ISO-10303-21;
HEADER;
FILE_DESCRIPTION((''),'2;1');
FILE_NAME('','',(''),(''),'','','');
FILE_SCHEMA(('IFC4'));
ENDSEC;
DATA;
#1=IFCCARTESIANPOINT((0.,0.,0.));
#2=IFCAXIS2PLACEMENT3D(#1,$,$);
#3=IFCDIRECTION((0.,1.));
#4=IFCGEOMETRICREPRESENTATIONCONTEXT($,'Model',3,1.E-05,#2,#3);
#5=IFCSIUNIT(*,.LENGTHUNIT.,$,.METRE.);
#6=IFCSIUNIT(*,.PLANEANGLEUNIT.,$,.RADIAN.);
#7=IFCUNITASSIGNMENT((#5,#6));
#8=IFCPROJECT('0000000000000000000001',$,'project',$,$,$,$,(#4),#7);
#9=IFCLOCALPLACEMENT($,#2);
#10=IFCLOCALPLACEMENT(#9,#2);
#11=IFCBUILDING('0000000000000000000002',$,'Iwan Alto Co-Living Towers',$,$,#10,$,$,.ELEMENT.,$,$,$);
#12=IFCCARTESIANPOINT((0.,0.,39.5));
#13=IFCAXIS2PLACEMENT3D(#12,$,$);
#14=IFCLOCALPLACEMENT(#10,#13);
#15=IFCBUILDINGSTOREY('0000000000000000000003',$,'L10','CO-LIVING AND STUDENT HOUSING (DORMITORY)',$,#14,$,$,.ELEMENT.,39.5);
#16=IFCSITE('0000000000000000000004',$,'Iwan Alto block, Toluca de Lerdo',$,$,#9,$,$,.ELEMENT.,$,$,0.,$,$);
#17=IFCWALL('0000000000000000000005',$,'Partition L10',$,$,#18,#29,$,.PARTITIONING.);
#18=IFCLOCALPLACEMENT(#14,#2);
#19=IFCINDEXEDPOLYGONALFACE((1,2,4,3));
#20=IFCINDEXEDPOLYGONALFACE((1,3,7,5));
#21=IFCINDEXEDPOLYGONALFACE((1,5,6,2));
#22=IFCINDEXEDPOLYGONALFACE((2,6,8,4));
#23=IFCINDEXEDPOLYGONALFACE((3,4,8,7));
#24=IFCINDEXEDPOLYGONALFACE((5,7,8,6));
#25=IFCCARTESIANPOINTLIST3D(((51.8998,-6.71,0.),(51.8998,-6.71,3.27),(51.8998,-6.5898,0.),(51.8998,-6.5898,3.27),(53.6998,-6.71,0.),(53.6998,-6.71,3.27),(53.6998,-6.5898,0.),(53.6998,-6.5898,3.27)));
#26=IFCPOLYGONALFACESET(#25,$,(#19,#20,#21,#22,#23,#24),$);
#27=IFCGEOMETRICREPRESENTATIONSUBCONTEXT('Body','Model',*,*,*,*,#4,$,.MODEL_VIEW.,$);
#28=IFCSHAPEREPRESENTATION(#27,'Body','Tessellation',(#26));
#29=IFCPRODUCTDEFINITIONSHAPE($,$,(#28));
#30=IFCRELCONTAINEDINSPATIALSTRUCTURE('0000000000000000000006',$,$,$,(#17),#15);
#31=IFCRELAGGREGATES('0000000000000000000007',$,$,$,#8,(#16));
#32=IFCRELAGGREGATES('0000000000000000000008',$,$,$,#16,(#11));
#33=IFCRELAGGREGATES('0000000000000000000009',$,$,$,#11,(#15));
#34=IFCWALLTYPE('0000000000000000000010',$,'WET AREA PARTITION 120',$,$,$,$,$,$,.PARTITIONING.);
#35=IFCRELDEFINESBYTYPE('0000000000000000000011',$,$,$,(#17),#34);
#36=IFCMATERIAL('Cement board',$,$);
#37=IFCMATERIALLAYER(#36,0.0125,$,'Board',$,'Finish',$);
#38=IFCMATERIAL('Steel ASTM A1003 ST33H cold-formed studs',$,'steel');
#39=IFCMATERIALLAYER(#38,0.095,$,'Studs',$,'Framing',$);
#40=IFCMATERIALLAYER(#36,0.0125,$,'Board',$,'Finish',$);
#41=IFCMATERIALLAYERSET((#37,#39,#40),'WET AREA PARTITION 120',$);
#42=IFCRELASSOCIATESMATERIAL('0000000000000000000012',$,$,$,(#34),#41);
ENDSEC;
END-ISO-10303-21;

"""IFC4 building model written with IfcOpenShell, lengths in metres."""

from ifc_helpers import new_model, si_unit, direction, frame, frame_2d, origin, place, context, subcontext, project, spatial, rectangle, extrude, material, layer, layer_set, type_object, element, save


model = new_model("IFC4")

# Units and contexts
model_context = context("Model", 3, precision=1e-05, world=origin(), true_north=direction((0.0, 1.0)))
body_context = subcontext(model_context, "Body", "Model", "MODEL_VIEW")
ifc_project = project(units=[si_unit("LENGTHUNIT", "METRE"), si_unit("PLANEANGLEUNIT", "RADIAN")], contexts=[model_context])

# Site, building, storey
site_placement = place(None, origin())
site = spatial("IfcSite", under=ifc_project, at=site_placement, Name="Iwan Alto block, Toluca de Lerdo", CompositionType="ELEMENT", RefElevation=0.0)
building_placement = place(site_placement, origin())
building = spatial("IfcBuilding", under=site, at=building_placement, Name="Iwan Alto Co-Living Towers", CompositionType="ELEMENT")
storey_placement = place(building_placement, frame((0.0, 0.0, 39.5)))
storey = spatial("IfcBuildingStorey", under=building, at=storey_placement, Name="L10", Description="CO-LIVING AND STUDENT HOUSING (DORMITORY)", CompositionType="ELEMENT", Elevation=39.5)

# Shared definitions
ifc_material_1 = material(Name="Steel ASTM A1003 ST33H cold-formed studs", Category="steel")

# Wall
ifc_material_2 = material(Name="Cement board")
ifc_layer_1 = layer(ifc_material_2, 0.0125, Name="Board", Category="Finish")
ifc_layer_2 = layer(ifc_material_1, 0.095, Name="Studs", Category="Framing")
ifc_layer_3 = layer(ifc_material_2, 0.0125, Name="Board", Category="Finish")
ifc_layer_set_1 = layer_set([ifc_layer_1, ifc_layer_2, ifc_layer_3], Name="WET AREA PARTITION 120")
wall_type_1 = type_object("IfcWallType", Name="WET AREA PARTITION 120", PredefinedType="PARTITIONING", material=ifc_layer_set_1)
wall_1_placement = place(storey_placement, frame((51.8999, -6.6499, 0.0), z_axis=(0.0, 0.0, 1.0), x_axis=(1.0, 0.0, 0.0)))
element("IfcWall", 1, at=wall_1_placement, inside=storey, type_object=wall_type_1, Name="Partition L10", PredefinedType="PARTITIONING", context=body_context, shape_type="SweptSolid", body=[
    extrude(rectangle(XDim=1.8, YDim=0.1201, at=frame_2d((0.8999, 0.0))), origin(), (0.0, 0.0, 1.0), 3.27),
])

save(model, "model.ifc")
